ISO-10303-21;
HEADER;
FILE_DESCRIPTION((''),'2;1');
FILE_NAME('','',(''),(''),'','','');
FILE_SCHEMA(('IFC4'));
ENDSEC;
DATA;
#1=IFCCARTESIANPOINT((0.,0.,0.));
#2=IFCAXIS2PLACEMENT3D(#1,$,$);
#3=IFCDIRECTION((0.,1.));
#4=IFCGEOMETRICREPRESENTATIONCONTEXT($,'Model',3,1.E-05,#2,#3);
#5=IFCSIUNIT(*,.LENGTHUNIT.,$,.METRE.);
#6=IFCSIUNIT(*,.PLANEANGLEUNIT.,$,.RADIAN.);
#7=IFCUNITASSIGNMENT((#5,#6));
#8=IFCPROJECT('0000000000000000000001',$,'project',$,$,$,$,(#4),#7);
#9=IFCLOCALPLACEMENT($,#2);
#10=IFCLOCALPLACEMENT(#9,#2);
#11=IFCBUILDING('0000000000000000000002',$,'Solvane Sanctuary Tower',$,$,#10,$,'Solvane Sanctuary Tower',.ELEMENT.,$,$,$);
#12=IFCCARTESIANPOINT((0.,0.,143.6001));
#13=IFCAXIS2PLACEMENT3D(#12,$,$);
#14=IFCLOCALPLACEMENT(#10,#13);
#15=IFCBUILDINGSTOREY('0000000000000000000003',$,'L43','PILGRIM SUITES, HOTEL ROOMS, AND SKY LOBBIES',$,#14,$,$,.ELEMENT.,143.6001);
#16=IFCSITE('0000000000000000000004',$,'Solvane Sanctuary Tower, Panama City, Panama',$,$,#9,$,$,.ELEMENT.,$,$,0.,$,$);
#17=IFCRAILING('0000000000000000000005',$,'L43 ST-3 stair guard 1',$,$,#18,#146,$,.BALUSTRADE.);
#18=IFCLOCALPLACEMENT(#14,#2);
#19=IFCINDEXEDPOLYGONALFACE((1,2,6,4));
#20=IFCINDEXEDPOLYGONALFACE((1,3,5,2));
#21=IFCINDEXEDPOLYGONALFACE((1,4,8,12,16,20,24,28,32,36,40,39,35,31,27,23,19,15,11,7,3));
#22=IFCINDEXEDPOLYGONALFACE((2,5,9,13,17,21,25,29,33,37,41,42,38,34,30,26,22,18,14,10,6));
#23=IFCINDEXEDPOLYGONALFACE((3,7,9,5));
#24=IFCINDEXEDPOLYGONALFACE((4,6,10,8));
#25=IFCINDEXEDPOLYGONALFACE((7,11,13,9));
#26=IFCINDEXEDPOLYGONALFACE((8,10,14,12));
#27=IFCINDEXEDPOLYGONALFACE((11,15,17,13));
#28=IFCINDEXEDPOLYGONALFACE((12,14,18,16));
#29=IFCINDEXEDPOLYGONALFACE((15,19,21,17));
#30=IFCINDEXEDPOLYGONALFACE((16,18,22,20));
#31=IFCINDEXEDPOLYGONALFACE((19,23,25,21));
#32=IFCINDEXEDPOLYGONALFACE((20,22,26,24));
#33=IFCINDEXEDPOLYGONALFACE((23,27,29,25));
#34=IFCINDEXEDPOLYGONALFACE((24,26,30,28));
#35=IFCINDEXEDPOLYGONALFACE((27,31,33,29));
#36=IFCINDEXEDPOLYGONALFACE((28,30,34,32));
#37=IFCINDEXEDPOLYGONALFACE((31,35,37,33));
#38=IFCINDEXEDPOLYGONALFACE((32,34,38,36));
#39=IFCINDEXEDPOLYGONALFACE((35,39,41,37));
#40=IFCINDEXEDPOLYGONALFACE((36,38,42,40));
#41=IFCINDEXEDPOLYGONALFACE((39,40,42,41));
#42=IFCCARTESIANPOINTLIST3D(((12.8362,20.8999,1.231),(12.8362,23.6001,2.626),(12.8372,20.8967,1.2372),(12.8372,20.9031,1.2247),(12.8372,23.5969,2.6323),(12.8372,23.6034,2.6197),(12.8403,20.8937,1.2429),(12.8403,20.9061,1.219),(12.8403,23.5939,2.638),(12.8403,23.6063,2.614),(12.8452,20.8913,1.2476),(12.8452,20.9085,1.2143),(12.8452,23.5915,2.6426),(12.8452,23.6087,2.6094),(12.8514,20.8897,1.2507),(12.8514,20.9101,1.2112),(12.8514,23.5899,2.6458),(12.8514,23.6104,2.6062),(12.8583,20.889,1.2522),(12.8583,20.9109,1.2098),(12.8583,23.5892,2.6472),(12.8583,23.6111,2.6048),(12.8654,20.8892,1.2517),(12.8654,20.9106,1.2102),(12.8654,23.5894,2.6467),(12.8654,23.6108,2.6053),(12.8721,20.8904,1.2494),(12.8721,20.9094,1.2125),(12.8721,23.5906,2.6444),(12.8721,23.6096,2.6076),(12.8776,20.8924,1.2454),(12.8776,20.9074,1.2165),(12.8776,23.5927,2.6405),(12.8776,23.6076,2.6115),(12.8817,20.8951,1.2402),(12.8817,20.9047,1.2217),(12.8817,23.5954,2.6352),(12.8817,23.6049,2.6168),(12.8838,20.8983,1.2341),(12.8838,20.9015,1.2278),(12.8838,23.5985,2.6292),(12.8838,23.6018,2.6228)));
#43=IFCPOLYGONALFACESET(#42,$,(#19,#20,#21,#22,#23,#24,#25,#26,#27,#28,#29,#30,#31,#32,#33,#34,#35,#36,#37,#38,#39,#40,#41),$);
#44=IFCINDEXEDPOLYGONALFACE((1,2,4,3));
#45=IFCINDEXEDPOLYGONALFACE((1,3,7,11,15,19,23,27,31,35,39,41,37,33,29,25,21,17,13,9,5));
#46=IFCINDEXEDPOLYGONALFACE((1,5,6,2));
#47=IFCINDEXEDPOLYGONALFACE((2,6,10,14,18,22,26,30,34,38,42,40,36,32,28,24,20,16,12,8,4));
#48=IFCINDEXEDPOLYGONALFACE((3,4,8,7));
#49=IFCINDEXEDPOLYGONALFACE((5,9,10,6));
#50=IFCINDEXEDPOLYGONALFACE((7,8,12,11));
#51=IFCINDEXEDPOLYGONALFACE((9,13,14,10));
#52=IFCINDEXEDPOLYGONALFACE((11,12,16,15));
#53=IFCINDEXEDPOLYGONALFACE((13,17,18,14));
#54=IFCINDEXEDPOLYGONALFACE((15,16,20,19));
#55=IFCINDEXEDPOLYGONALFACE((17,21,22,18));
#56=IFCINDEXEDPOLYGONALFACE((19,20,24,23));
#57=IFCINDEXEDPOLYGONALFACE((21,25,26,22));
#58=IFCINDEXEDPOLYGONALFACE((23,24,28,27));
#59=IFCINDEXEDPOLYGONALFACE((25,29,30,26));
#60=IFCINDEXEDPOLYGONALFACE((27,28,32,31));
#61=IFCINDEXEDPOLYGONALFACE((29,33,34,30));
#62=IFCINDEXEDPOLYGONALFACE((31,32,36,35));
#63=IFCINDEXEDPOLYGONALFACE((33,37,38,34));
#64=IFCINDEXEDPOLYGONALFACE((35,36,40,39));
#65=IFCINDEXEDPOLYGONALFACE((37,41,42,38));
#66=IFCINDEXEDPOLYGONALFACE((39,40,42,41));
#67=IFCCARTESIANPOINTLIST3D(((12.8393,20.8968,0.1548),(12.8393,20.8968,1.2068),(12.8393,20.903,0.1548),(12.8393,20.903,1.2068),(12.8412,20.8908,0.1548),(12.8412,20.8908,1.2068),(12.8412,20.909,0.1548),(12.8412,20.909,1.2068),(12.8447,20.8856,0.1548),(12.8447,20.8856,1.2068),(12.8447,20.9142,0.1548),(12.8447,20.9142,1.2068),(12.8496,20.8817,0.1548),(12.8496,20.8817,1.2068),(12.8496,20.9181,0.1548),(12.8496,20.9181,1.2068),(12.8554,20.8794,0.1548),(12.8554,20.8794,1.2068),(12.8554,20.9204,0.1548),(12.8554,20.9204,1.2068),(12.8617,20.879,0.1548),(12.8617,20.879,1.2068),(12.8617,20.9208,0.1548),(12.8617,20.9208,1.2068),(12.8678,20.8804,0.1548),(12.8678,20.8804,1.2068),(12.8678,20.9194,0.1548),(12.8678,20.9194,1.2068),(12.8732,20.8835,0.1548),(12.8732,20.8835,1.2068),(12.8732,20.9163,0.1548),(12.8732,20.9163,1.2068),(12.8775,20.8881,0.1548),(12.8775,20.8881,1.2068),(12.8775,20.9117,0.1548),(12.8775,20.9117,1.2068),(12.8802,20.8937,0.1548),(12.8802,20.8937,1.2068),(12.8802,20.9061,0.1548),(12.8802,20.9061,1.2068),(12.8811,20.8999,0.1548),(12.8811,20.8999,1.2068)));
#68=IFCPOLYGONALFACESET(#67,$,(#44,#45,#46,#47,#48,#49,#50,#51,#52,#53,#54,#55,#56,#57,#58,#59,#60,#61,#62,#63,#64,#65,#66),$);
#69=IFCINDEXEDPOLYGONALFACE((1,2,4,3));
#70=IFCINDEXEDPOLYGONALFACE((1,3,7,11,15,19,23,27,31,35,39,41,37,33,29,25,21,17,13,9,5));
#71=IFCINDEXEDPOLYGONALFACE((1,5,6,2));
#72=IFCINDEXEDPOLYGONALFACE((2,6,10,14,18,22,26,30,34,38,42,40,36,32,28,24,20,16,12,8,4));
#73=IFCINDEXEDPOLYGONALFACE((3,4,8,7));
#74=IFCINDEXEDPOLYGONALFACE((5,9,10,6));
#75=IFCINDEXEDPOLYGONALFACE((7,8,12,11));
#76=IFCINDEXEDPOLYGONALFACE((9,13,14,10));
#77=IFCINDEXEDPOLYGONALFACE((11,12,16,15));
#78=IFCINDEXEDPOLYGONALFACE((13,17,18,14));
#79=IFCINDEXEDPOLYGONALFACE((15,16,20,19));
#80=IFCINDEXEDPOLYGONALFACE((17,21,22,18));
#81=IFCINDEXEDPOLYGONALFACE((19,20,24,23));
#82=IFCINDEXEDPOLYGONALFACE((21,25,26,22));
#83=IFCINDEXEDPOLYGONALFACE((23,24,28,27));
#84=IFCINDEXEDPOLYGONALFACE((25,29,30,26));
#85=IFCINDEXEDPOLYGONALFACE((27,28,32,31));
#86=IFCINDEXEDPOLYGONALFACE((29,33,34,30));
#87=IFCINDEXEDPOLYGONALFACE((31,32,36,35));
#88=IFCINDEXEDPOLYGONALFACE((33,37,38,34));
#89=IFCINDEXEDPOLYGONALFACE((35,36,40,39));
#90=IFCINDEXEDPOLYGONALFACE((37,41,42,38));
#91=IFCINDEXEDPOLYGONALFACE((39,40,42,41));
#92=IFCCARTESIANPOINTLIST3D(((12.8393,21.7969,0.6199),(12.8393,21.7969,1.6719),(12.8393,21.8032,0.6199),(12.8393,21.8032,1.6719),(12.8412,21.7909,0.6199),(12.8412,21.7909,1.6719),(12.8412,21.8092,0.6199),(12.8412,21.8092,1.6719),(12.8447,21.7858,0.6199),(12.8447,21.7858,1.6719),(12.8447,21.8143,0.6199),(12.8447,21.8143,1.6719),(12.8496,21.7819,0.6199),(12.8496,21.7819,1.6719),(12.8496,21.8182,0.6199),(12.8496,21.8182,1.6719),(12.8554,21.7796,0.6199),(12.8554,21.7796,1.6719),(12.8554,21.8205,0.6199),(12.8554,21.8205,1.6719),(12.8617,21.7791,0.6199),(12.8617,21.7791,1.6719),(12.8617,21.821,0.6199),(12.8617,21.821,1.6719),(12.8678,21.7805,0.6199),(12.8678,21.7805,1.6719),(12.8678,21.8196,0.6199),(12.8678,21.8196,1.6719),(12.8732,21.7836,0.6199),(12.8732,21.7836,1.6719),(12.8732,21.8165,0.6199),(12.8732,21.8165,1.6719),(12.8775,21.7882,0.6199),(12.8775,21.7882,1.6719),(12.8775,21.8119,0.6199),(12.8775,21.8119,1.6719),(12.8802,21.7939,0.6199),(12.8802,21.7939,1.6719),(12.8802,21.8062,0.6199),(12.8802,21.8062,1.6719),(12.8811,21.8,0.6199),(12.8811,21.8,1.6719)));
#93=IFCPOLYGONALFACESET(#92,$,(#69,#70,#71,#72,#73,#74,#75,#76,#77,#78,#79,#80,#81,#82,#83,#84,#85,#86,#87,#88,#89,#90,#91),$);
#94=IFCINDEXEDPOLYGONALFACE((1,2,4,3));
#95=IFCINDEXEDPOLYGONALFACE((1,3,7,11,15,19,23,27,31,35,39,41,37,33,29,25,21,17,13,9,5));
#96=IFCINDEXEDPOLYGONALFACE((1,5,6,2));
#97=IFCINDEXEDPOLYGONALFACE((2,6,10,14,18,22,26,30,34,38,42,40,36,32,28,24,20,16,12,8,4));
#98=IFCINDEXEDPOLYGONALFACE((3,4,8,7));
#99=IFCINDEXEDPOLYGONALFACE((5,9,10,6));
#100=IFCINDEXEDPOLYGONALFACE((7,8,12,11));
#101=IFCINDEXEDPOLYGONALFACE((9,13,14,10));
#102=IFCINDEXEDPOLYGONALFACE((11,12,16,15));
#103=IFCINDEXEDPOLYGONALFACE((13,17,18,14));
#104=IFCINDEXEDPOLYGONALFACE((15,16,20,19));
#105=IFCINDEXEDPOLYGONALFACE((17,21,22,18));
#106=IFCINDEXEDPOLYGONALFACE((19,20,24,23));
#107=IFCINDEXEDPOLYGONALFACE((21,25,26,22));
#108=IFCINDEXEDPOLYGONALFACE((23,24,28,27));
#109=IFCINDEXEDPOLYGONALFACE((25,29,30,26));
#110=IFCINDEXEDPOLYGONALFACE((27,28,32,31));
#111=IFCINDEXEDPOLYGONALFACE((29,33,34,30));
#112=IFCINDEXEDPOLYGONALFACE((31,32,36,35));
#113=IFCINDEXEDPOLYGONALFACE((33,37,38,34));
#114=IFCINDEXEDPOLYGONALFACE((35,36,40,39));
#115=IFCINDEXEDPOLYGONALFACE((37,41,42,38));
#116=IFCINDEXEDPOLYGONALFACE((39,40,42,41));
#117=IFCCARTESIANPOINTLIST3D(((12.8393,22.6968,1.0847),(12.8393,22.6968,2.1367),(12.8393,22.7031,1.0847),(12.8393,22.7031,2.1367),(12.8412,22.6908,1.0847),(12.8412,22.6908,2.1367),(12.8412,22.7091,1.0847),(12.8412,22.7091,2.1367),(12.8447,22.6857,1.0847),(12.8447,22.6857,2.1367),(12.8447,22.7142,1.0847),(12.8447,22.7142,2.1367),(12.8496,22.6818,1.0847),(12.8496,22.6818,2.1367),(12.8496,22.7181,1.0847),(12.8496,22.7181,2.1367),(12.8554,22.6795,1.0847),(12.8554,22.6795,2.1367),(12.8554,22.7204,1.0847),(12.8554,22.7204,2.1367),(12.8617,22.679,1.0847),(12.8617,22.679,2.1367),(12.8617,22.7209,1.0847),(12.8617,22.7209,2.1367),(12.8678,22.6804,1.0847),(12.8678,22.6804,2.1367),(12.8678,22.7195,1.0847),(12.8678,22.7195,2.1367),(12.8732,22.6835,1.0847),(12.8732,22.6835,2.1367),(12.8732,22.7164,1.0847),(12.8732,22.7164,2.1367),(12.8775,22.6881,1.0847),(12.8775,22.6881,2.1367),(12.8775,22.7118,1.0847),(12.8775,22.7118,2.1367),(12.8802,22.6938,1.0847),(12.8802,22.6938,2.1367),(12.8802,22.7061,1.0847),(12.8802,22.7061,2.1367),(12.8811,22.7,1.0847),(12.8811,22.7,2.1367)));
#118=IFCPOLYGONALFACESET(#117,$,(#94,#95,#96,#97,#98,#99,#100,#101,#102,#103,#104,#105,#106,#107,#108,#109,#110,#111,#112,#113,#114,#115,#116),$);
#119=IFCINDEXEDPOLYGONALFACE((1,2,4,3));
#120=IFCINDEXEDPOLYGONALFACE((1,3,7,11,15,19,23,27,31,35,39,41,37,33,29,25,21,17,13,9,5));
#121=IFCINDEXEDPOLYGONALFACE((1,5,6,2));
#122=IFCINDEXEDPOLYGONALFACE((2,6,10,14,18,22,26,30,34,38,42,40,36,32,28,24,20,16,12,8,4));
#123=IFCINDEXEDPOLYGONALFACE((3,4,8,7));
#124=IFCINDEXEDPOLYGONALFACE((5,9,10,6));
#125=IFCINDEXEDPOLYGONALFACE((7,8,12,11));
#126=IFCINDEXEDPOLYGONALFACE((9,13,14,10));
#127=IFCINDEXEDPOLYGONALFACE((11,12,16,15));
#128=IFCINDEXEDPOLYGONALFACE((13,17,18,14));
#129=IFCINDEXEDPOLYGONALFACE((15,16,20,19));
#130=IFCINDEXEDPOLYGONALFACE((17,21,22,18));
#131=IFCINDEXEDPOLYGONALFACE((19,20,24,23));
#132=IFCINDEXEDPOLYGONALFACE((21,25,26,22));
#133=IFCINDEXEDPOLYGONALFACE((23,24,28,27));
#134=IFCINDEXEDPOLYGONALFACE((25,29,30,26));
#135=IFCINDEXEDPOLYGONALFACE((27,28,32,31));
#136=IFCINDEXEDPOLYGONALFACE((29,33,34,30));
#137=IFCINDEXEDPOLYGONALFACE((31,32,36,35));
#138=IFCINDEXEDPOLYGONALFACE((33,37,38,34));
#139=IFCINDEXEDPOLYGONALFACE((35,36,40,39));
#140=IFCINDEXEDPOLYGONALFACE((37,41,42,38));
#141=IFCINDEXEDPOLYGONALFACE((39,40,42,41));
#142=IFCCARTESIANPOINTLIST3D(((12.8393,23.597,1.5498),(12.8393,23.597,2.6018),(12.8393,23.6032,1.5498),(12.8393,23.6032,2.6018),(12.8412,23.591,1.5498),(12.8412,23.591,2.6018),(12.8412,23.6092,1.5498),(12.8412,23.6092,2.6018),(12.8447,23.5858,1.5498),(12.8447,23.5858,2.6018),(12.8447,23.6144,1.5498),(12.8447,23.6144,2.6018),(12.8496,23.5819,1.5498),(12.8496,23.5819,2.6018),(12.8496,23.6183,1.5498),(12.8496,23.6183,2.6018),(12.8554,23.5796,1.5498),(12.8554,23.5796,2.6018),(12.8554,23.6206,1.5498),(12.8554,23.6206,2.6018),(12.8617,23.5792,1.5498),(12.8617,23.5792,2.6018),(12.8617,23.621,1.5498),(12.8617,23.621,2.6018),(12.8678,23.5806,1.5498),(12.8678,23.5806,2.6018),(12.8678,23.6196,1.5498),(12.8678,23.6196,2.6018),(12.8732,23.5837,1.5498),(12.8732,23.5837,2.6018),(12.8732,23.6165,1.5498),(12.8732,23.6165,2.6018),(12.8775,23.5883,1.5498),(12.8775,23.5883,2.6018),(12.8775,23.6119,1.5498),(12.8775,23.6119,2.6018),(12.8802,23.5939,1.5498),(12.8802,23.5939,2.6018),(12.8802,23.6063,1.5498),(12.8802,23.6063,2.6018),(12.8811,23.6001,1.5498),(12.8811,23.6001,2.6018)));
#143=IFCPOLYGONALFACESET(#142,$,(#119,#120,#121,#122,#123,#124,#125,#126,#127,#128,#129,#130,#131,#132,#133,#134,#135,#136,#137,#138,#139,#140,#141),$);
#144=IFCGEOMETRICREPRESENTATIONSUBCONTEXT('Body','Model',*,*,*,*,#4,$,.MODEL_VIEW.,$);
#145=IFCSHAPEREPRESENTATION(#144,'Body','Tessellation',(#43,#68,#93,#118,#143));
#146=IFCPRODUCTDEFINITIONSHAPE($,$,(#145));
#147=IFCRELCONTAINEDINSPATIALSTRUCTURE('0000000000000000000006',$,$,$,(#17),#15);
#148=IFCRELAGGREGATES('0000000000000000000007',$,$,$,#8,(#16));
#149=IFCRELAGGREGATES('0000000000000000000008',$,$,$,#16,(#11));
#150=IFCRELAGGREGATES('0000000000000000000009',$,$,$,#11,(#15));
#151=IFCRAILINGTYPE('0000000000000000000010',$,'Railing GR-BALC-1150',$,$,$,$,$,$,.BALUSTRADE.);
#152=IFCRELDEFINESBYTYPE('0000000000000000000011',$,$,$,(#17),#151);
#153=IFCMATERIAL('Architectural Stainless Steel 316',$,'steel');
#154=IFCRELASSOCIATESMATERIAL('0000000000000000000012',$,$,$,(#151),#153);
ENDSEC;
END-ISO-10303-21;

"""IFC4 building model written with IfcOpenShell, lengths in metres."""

from ifc_helpers import new_model, si_unit, direction, frame, origin, origin_2d, place, context, subcontext, project, spatial, circle, extrude, material, type_object, element, save


model = new_model("IFC4")

# Units and contexts
model_context = context("Model", 3, precision=1e-05, world=origin(), true_north=direction((0.0, 1.0)))
body_context = subcontext(model_context, "Body", "Model", "MODEL_VIEW")
ifc_project = project(units=[si_unit("LENGTHUNIT", "METRE"), si_unit("PLANEANGLEUNIT", "RADIAN")], contexts=[model_context])

# Site, building, storey
site_placement = place(None, origin())
site = spatial("IfcSite", under=ifc_project, at=site_placement, Name="Solvane Sanctuary Tower, Panama City, Panama", CompositionType="ELEMENT", RefElevation=0.0)
building_placement = place(site_placement, origin())
building = spatial("IfcBuilding", under=site, at=building_placement, Name="Solvane Sanctuary Tower", LongName="Solvane Sanctuary Tower", CompositionType="ELEMENT")
storey_placement = place(building_placement, frame((0.0, 0.0, 143.6001)))
storey = spatial("IfcBuildingStorey", under=building, at=storey_placement, Name="L43", Description="PILGRIM SUITES, HOTEL ROOMS, AND SKY LOBBIES", CompositionType="ELEMENT", Elevation=143.6001)

# Railing
ifc_material_1 = material(Name="Architectural Stainless Steel 316", Category="steel")
railing_type_1 = type_object("IfcRailingType", Name="Railing GR-BALC-1150", PredefinedType="BALUSTRADE", material=ifc_material_1)
railing_1_placement = place(storey_placement, frame((12.8601, 20.8999, 0.1548)))
element("IfcRailing", 1, at=railing_1_placement, inside=storey, type_object=railing_type_1, Name="L43 ST-3 stair guard 1", PredefinedType="BALUSTRADE", context=body_context, shape_type="SweptSolid", body=[
    extrude(circle(Radius=0.0239, at=origin_2d()), frame((0.0, 0.0, 1.0762), z_axis=(0.0, 0.888437, 0.458999), x_axis=(-1.0, 0.0, 0.0)), (0.0, 0.0, 1.0), 3.0393),
    extrude(circle(Radius=0.021, at=origin_2d()), origin(), (0.0, 0.0, 1.0), 1.052),
    extrude(circle(Radius=0.021, at=origin_2d()), frame((0.0, 0.9001, 0.4651)), (0.0, 0.0, 1.0), 1.052),
    extrude(circle(Radius=0.021, at=origin_2d()), frame((0.0, 1.8, 0.9299)), (0.0, 0.0, 1.0), 1.052),
    extrude(circle(Radius=0.021, at=origin_2d()), frame((0.0, 2.7002, 1.395)), (0.0, 0.0, 1.0), 1.052),
])

save(model, "model.ifc")
